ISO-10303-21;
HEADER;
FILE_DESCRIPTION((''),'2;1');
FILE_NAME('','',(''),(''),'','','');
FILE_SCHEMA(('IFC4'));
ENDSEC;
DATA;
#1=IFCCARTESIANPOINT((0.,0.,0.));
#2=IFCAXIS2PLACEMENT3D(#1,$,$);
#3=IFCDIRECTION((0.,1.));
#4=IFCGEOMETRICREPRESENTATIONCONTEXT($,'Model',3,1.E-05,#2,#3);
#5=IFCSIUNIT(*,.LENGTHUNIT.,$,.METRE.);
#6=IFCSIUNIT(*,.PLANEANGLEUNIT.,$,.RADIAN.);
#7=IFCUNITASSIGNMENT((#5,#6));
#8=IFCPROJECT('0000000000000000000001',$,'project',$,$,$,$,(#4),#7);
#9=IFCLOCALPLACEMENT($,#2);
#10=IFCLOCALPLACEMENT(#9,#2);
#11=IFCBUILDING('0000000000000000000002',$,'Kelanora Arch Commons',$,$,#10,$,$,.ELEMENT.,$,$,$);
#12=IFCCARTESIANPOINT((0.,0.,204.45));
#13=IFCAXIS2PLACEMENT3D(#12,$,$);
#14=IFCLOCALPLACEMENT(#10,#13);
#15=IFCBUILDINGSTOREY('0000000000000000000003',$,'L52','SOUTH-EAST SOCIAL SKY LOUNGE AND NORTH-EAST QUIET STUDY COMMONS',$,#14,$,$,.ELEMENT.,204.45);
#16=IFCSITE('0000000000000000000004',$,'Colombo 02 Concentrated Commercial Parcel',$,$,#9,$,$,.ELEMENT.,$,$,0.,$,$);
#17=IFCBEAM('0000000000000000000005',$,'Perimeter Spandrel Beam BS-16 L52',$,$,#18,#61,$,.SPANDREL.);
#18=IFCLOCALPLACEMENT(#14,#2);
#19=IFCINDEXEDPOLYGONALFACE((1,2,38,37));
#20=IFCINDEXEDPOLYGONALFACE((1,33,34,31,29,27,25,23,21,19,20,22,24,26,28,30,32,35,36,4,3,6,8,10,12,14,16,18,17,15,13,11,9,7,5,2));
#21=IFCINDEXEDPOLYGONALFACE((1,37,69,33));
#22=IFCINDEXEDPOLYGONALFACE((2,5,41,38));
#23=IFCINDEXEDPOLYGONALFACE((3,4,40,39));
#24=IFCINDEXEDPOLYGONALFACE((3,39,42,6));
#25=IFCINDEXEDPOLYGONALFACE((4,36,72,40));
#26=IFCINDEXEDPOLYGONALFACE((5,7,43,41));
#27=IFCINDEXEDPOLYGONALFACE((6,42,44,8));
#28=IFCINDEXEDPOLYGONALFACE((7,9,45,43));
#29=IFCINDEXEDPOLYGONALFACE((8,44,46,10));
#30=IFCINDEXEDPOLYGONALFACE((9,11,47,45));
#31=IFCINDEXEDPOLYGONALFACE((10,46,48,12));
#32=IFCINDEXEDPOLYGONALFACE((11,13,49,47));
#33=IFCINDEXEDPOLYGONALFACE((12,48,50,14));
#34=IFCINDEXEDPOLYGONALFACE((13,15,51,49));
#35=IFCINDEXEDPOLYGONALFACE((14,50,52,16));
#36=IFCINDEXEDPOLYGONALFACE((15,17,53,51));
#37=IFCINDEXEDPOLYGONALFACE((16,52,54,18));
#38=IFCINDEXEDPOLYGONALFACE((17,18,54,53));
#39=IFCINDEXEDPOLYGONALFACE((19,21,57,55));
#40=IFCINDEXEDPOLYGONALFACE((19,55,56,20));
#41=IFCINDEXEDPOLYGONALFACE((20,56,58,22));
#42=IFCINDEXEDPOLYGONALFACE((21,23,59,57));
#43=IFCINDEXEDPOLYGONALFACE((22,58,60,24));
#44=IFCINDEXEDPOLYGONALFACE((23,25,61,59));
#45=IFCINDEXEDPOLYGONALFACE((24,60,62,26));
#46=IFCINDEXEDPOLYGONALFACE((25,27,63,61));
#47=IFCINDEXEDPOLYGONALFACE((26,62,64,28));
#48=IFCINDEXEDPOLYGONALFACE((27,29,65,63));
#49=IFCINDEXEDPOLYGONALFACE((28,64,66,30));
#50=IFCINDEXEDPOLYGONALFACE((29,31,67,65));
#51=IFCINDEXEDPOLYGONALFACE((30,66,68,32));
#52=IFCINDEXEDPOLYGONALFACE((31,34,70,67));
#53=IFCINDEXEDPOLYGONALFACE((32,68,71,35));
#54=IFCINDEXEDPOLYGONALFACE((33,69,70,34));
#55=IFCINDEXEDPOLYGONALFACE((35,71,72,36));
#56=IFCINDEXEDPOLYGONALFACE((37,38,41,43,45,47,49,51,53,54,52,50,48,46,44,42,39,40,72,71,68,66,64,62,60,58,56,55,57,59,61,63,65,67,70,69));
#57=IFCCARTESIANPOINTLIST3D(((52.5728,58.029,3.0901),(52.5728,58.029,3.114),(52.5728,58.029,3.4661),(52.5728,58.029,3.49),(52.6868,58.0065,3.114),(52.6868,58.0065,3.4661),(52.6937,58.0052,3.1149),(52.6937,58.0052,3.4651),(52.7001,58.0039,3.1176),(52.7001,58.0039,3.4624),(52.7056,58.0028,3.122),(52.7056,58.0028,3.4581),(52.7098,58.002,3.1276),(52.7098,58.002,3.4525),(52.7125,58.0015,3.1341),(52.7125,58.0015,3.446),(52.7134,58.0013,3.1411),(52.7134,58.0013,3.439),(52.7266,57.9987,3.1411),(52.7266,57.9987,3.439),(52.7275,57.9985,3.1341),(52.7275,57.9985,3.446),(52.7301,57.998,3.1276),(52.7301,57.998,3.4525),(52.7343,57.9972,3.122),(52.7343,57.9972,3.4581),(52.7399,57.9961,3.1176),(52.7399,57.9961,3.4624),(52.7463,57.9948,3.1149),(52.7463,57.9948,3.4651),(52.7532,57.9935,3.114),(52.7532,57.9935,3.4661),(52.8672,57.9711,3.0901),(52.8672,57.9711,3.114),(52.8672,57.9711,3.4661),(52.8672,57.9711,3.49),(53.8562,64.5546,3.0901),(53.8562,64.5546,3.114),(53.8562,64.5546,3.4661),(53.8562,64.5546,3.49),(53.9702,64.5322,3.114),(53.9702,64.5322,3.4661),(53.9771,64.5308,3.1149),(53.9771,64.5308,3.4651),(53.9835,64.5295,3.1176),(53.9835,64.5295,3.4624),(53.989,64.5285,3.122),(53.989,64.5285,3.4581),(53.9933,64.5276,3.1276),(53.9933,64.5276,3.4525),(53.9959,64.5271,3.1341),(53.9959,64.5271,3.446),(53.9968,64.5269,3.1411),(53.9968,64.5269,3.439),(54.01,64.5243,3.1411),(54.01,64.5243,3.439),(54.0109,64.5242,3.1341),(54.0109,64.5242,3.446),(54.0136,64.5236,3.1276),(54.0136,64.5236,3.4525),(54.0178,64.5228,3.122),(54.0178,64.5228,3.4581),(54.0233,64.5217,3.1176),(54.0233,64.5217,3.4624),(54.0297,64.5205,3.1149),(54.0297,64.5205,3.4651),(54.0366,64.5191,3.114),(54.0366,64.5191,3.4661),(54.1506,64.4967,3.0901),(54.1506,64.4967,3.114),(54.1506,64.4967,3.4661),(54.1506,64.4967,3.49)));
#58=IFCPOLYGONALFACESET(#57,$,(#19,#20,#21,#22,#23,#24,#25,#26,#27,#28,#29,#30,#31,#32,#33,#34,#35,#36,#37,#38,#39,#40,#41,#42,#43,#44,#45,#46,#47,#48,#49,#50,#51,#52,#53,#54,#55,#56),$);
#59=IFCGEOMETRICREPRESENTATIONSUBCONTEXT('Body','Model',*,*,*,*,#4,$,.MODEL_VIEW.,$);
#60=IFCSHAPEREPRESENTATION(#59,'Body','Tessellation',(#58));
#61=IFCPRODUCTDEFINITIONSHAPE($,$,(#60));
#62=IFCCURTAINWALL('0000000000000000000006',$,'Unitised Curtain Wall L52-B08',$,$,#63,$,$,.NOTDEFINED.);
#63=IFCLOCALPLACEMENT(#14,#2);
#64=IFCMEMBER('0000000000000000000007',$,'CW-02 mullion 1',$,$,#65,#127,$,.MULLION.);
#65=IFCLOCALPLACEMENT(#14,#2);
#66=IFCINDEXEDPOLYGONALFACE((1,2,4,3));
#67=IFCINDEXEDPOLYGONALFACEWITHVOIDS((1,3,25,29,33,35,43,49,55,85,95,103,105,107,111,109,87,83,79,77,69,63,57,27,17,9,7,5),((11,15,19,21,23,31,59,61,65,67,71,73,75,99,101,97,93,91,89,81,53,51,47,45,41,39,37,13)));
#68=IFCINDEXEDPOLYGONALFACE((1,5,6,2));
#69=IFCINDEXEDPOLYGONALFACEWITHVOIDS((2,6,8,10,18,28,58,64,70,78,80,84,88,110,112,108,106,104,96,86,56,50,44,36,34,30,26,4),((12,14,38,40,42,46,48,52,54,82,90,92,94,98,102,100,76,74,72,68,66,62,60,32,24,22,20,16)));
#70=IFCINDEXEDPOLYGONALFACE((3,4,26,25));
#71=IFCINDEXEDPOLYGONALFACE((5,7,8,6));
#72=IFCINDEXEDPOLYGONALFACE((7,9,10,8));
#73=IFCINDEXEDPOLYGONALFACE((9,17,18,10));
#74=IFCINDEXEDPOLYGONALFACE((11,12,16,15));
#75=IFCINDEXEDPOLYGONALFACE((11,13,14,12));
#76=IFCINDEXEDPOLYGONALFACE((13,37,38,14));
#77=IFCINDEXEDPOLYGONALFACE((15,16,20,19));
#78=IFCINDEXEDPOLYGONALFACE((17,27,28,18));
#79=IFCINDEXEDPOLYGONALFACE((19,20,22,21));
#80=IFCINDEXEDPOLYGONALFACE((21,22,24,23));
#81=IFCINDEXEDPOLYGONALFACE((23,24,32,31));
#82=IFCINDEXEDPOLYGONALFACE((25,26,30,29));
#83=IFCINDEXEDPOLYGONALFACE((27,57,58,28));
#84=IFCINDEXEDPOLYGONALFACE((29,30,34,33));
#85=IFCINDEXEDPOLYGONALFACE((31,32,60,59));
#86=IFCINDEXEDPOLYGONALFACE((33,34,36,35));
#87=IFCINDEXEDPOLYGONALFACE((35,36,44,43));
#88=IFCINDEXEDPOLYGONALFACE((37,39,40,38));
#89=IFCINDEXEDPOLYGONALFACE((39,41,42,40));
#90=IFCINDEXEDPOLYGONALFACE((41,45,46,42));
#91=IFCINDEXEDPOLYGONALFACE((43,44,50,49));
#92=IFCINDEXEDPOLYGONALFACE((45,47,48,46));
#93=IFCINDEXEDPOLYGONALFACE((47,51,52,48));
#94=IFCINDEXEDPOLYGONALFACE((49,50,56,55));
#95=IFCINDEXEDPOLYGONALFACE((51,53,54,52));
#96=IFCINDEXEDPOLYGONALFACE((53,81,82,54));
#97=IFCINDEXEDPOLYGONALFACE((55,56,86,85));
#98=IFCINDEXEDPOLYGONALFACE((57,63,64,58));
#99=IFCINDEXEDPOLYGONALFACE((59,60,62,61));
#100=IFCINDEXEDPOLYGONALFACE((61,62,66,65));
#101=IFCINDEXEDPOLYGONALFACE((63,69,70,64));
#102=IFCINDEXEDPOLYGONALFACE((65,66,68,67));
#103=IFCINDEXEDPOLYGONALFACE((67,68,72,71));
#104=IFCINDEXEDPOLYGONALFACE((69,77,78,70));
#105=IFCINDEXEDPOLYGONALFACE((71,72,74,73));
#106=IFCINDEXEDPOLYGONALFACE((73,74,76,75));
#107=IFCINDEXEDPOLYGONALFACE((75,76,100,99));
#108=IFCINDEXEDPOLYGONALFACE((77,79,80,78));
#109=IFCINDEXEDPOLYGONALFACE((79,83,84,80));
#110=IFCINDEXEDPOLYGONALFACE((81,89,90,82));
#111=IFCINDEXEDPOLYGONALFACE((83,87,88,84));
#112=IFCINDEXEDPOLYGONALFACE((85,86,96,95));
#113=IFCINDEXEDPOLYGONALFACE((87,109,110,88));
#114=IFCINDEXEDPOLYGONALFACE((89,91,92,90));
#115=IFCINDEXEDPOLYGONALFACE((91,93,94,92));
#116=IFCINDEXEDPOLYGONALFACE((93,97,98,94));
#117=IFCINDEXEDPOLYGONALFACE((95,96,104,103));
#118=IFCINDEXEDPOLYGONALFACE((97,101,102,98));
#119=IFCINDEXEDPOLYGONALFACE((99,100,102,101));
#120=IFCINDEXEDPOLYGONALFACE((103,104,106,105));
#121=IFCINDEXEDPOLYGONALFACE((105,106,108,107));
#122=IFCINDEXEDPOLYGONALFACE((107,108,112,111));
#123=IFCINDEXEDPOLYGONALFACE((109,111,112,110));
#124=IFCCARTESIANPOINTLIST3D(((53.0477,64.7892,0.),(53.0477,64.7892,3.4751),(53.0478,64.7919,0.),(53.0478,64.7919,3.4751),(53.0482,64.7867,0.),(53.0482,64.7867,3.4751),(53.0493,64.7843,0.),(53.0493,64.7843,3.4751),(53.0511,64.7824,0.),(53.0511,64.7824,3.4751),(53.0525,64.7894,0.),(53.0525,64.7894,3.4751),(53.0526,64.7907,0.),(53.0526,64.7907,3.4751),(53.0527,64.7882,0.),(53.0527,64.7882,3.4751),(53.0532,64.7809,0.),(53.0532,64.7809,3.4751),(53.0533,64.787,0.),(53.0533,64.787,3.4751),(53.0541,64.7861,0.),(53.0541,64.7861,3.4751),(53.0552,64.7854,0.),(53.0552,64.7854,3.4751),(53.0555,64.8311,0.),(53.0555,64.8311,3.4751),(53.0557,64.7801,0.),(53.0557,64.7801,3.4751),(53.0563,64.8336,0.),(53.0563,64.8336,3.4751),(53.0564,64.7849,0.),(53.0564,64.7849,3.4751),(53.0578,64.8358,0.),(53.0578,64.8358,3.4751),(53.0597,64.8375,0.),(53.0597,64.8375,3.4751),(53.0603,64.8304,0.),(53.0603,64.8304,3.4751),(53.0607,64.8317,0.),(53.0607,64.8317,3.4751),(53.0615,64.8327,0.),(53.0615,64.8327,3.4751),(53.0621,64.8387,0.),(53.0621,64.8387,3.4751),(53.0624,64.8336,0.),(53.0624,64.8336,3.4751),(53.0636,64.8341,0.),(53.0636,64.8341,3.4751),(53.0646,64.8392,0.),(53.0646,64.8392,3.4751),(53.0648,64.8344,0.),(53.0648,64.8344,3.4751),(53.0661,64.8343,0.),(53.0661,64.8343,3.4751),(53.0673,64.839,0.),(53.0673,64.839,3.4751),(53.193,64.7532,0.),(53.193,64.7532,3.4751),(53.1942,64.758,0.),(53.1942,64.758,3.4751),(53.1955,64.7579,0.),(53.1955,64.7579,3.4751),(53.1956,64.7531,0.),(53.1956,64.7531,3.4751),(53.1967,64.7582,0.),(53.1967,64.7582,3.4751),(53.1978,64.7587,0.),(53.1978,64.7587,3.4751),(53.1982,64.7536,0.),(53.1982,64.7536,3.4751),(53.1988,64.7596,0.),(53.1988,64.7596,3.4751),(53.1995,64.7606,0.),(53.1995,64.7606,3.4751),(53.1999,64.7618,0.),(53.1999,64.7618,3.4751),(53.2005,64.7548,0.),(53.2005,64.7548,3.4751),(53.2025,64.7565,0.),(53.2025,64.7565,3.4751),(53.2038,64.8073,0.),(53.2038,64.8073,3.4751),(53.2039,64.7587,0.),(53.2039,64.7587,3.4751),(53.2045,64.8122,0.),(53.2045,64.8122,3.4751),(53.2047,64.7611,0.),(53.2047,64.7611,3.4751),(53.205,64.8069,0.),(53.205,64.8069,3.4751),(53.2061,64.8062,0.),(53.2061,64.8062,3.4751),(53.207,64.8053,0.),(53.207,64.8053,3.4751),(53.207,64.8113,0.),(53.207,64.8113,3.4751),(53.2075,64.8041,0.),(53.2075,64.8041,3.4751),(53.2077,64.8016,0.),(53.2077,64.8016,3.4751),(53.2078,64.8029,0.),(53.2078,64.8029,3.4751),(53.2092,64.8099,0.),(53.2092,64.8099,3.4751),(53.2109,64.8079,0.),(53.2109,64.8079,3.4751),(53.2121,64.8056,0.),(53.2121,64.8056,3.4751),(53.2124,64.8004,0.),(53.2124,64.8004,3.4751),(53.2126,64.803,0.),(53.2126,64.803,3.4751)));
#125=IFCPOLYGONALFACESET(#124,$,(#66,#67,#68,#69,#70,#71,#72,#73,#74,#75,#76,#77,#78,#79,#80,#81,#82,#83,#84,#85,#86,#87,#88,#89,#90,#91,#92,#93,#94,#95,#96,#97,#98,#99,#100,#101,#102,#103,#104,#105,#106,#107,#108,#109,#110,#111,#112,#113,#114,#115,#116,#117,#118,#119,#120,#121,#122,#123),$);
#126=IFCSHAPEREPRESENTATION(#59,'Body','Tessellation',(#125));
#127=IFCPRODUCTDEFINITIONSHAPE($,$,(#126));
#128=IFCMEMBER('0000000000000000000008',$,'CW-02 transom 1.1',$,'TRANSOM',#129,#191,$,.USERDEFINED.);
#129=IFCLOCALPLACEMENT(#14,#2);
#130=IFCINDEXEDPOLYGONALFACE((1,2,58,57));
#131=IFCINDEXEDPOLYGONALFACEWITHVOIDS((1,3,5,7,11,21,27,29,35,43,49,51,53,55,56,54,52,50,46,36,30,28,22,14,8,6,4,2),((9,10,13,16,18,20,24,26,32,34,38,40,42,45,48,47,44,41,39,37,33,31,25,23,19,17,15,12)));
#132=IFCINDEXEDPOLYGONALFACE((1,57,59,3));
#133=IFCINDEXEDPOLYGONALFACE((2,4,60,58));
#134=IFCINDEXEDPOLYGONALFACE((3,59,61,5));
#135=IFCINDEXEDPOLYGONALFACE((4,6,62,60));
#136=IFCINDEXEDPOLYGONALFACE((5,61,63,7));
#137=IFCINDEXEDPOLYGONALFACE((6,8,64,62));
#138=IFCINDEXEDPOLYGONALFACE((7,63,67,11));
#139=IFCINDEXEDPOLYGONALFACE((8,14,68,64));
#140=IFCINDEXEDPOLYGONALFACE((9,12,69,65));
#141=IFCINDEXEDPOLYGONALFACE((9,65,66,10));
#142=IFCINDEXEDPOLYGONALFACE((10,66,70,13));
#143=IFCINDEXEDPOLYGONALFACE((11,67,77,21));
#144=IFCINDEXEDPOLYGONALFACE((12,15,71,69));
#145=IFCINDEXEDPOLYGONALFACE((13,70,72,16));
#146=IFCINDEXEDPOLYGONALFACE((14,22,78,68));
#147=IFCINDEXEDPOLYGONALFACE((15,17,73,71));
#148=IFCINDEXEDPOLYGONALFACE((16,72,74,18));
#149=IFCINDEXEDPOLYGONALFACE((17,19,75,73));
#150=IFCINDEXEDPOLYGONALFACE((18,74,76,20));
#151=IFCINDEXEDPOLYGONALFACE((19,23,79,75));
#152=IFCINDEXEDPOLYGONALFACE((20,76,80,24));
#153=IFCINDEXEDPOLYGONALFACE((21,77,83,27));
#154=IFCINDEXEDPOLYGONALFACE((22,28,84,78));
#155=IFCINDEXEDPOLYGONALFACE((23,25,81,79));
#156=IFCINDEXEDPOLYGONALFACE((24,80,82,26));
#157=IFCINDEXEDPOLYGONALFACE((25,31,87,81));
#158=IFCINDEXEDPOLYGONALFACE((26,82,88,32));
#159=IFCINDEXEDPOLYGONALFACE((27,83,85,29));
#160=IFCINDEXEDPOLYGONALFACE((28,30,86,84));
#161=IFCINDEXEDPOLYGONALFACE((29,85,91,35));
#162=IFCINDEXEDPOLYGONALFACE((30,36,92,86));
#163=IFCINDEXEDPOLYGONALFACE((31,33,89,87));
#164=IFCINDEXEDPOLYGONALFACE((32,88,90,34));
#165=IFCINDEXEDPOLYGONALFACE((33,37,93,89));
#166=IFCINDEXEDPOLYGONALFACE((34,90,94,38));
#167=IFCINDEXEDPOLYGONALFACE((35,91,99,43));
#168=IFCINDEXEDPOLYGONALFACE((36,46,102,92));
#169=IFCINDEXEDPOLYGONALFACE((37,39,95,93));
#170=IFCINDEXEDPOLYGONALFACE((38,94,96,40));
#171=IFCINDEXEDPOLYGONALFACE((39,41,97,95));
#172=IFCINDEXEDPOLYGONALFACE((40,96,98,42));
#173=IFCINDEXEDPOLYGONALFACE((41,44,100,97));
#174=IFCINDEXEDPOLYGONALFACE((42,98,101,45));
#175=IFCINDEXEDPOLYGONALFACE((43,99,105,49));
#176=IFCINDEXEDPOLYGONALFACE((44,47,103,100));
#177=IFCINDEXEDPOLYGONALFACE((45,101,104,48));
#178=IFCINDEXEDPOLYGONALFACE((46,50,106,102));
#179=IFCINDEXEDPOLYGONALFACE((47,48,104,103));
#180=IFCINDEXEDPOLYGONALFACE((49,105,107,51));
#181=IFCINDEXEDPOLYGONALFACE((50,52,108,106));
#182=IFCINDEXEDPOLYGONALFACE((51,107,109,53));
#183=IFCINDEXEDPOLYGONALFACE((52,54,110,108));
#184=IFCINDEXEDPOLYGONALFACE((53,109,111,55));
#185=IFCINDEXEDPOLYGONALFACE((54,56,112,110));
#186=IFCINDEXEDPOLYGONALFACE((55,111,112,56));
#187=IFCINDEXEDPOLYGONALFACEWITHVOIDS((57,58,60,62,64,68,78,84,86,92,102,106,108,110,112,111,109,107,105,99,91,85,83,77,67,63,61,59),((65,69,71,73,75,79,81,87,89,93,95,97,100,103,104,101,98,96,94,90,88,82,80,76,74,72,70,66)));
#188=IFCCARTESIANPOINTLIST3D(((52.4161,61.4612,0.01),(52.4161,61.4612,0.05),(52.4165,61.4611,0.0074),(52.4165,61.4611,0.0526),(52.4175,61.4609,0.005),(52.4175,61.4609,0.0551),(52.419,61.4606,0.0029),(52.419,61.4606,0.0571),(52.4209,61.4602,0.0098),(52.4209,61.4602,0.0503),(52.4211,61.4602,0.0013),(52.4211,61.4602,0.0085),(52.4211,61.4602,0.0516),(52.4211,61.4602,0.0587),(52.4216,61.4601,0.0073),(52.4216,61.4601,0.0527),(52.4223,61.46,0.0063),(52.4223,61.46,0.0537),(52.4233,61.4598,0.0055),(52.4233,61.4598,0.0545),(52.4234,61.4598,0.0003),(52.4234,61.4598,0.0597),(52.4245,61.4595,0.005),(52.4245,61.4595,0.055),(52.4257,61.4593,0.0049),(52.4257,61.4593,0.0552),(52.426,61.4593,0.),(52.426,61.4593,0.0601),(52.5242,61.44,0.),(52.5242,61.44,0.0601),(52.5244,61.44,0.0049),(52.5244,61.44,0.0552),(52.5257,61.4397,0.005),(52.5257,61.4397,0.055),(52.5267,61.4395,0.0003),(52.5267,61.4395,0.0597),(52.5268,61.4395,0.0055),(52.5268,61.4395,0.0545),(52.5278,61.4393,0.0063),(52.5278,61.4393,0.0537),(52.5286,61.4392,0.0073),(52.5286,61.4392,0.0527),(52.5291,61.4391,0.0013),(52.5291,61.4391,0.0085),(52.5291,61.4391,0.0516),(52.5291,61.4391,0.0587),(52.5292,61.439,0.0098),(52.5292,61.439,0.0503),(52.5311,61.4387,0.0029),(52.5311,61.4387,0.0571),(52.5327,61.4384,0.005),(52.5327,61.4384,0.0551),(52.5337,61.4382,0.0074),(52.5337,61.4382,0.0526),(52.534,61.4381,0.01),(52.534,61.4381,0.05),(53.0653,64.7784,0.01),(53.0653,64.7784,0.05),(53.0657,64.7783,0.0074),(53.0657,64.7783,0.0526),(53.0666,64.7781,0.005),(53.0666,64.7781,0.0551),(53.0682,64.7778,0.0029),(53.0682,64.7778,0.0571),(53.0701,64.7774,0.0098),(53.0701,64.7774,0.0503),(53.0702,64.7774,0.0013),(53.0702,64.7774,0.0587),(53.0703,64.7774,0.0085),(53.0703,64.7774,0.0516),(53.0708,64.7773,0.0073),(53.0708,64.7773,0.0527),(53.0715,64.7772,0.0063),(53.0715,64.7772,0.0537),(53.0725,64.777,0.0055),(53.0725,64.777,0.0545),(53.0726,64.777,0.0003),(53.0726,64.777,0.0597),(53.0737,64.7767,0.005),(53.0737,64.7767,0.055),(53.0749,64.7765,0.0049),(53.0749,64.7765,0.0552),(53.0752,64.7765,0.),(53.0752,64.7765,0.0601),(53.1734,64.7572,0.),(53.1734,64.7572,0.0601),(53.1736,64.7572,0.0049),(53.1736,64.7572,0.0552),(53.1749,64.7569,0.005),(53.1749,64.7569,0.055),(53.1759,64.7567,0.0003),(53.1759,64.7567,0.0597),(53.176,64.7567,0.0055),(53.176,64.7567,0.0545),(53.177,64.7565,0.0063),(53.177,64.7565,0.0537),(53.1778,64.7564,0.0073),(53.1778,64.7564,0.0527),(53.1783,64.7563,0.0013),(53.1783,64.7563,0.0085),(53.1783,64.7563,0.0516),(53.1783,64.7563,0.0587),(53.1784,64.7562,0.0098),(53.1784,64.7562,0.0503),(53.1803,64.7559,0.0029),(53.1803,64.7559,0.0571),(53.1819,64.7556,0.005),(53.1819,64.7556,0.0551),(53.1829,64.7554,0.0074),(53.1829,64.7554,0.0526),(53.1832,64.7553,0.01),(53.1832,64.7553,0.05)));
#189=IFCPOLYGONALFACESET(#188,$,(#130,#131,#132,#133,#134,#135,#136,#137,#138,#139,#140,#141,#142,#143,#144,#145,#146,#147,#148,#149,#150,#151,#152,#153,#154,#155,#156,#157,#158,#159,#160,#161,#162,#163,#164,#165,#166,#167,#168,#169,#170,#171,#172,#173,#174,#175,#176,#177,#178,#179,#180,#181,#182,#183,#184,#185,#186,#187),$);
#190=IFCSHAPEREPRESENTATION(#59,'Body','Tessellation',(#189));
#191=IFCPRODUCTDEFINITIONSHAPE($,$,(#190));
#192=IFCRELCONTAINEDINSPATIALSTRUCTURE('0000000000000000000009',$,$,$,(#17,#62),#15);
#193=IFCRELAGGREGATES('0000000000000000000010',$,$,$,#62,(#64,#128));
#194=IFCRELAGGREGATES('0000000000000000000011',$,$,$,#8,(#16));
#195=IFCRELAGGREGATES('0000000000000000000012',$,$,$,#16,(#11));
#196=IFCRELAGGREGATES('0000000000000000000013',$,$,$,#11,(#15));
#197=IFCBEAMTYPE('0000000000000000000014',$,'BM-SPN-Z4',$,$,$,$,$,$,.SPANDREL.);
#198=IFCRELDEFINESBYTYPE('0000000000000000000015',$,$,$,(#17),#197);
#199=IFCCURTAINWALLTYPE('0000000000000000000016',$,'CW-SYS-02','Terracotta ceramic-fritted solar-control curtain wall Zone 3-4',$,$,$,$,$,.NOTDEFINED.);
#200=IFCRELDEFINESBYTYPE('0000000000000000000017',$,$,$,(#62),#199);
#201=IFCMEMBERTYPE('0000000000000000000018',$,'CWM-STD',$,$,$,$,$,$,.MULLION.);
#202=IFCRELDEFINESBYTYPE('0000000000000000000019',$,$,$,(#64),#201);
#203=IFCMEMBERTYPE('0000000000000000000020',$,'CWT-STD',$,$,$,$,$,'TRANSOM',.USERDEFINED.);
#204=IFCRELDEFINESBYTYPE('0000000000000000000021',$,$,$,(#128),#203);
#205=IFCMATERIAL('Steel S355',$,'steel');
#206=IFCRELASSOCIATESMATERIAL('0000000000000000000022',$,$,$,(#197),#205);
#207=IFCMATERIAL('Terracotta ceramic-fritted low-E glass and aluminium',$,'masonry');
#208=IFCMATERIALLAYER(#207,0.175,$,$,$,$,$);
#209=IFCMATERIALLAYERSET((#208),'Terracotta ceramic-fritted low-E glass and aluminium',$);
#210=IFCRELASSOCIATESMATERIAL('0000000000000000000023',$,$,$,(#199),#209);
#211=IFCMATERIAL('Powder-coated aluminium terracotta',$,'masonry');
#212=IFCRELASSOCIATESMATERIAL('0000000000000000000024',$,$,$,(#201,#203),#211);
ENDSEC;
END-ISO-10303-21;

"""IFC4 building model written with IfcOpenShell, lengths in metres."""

from ifc_helpers import new_model, si_unit, direction, frame, origin, origin_2d, place, context, subcontext, project, spatial, hollow_rectangle, i_section, extrude, material, layer, layer_set, material_profile, profile_set, type_object, element, aggregate, save


model = new_model("IFC4")

# Units and contexts
model_context = context("Model", 3, precision=1e-05, world=origin(), true_north=direction((0.0, 1.0)))
body_context = subcontext(model_context, "Body", "Model", "MODEL_VIEW")
ifc_project = project(units=[si_unit("LENGTHUNIT", "METRE"), si_unit("PLANEANGLEUNIT", "RADIAN")], contexts=[model_context])

# Site, building, storey
site_placement = place(None, origin())
site = spatial("IfcSite", under=ifc_project, at=site_placement, Name="Colombo 02 Concentrated Commercial Parcel", CompositionType="ELEMENT", RefElevation=0.0)
building_placement = place(site_placement, origin())
building = spatial("IfcBuilding", under=site, at=building_placement, Name="Kelanora Arch Commons", CompositionType="ELEMENT")
storey_placement = place(building_placement, frame((0.0, 0.0, 204.45)))
storey = spatial("IfcBuildingStorey", under=building, at=storey_placement, Name="L52", Description="SOUTH-EAST SOCIAL SKY LOUNGE AND NORTH-EAST QUIET STUDY COMMONS", CompositionType="ELEMENT", Elevation=204.45)

# Beam
ifc_material_1 = material(Name="Steel S355", Category="steel")
ifc_material_profile_1 = material_profile(ifc_material_1, i_section(OverallWidth=0.3, OverallDepth=0.3999, WebThickness=0.0134, FlangeThickness=0.0239, FilletRadius=0.0271, at=origin_2d()), Name="HEB400")
ifc_profile_set_1 = profile_set([ifc_material_profile_1], Name="Steel S355")
beam_type_1 = type_object("IfcBeamType", Name="BM-SPN-Z4", PredefinedType="SPANDREL", material=ifc_profile_set_1)
beam_1_placement = place(storey_placement, frame((54.0034, 64.5256, 3.29), z_axis=(-0.192981, -0.981203, 0.0), x_axis=(0.981203, -0.192981, 0.0)))
element("IfcBeam", 1, at=beam_1_placement, inside=storey, type_object=beam_type_1, Name="Perimeter Spandrel Beam BS-16 L52", PredefinedType="SPANDREL", context=body_context, shape_type="SweptSolid", body=[
    extrude(i_section(OverallWidth=0.3, OverallDepth=0.3999, WebThickness=0.0134, FlangeThickness=0.0239, FilletRadius=0.0271, at=origin_2d()), origin(), (0.0, 0.0, 1.0), 6.6506),
])

# Curtain wall, members
ifc_material_2 = material(Name="Terracotta ceramic-fritted low-E glass and aluminium", Category="masonry")
ifc_layer_1 = layer(ifc_material_2, 0.175)
ifc_layer_set_1 = layer_set([ifc_layer_1], Name="Terracotta ceramic-fritted low-E glass and aluminium")
curtain_wall_type = type_object("IfcCurtainWallType", Name="CW-SYS-02", Description="Terracotta ceramic-fritted solar-control curtain wall Zone 3-4", PredefinedType="NOTDEFINED", material=ifc_layer_set_1)
curtain_wall_placement = place(storey_placement, origin())
curtain_wall = element("IfcCurtainWall", 2, at=curtain_wall_placement, inside=storey, type_object=curtain_wall_type, Name="Unitised Curtain Wall L52-B08", PredefinedType="NOTDEFINED")
ifc_material_3 = material(Name="Powder-coated aluminium terracotta", Category="masonry")
ifc_material_profile_2 = material_profile(ifc_material_3, hollow_rectangle(XDim=0.1599, YDim=0.0601, WallThickness=0.0049, InnerFilletRadius=0.0049, OuterFilletRadius=0.01, at=origin_2d()), Name="CWM160x60")
ifc_profile_set_2 = profile_set([ifc_material_profile_2], Name="Powder-coated aluminium terracotta")
member_type_1 = type_object("IfcMemberType", Name="CWM-STD", PredefinedType="MULLION", material=ifc_profile_set_2)
member_1_placement = place(storey_placement, frame((53.1301, 64.7961, 0.0), z_axis=(0.0, 0.0, 1.0), x_axis=(0.981381, -0.192069, 0.0)))
member_1 = element("IfcMember", 3, at=member_1_placement, type_object=member_type_1, Name="CW-02 mullion 1", PredefinedType="MULLION", context=body_context, shape_type="SweptSolid", body=[
    extrude(hollow_rectangle(XDim=0.1599, YDim=0.0601, WallThickness=0.0049, InnerFilletRadius=0.0049, OuterFilletRadius=0.01, at=origin_2d()), origin(), (0.0, 0.0, 1.0), 3.4751),
])
ifc_material_profile_3 = material_profile(ifc_material_3, hollow_rectangle(XDim=0.1201, YDim=0.0601, WallThickness=0.0049, InnerFilletRadius=0.0049, OuterFilletRadius=0.01, at=origin_2d()), Name="CWT120x60")
ifc_profile_set_3 = profile_set([ifc_material_profile_3], Name="Powder-coated aluminium terracotta")
member_type_2 = type_object("IfcMemberType", Name="CWT-STD", ElementType="TRANSOM", PredefinedType="USERDEFINED", material=ifc_profile_set_3)
member_2_placement = place(storey_placement, frame((53.1243, 64.7668, 0.03), z_axis=(-0.192058, -0.981383, 0.0), x_axis=(0.981383, -0.192058, 0.0)))
member_2 = element("IfcMember", 4, at=member_2_placement, type_object=member_type_2, Name="CW-02 transom 1.1", ObjectType="TRANSOM", PredefinedType="USERDEFINED", context=body_context, shape_type="SweptSolid", body=[
    extrude(hollow_rectangle(XDim=0.1201, YDim=0.0601, WallThickness=0.0049, InnerFilletRadius=0.0049, OuterFilletRadius=0.01, at=origin_2d()), origin(), (0.0, 0.0, 1.0), 3.3801),
])
aggregate(curtain_wall, [member_1, member_2])

save(model, "model.ifc")
